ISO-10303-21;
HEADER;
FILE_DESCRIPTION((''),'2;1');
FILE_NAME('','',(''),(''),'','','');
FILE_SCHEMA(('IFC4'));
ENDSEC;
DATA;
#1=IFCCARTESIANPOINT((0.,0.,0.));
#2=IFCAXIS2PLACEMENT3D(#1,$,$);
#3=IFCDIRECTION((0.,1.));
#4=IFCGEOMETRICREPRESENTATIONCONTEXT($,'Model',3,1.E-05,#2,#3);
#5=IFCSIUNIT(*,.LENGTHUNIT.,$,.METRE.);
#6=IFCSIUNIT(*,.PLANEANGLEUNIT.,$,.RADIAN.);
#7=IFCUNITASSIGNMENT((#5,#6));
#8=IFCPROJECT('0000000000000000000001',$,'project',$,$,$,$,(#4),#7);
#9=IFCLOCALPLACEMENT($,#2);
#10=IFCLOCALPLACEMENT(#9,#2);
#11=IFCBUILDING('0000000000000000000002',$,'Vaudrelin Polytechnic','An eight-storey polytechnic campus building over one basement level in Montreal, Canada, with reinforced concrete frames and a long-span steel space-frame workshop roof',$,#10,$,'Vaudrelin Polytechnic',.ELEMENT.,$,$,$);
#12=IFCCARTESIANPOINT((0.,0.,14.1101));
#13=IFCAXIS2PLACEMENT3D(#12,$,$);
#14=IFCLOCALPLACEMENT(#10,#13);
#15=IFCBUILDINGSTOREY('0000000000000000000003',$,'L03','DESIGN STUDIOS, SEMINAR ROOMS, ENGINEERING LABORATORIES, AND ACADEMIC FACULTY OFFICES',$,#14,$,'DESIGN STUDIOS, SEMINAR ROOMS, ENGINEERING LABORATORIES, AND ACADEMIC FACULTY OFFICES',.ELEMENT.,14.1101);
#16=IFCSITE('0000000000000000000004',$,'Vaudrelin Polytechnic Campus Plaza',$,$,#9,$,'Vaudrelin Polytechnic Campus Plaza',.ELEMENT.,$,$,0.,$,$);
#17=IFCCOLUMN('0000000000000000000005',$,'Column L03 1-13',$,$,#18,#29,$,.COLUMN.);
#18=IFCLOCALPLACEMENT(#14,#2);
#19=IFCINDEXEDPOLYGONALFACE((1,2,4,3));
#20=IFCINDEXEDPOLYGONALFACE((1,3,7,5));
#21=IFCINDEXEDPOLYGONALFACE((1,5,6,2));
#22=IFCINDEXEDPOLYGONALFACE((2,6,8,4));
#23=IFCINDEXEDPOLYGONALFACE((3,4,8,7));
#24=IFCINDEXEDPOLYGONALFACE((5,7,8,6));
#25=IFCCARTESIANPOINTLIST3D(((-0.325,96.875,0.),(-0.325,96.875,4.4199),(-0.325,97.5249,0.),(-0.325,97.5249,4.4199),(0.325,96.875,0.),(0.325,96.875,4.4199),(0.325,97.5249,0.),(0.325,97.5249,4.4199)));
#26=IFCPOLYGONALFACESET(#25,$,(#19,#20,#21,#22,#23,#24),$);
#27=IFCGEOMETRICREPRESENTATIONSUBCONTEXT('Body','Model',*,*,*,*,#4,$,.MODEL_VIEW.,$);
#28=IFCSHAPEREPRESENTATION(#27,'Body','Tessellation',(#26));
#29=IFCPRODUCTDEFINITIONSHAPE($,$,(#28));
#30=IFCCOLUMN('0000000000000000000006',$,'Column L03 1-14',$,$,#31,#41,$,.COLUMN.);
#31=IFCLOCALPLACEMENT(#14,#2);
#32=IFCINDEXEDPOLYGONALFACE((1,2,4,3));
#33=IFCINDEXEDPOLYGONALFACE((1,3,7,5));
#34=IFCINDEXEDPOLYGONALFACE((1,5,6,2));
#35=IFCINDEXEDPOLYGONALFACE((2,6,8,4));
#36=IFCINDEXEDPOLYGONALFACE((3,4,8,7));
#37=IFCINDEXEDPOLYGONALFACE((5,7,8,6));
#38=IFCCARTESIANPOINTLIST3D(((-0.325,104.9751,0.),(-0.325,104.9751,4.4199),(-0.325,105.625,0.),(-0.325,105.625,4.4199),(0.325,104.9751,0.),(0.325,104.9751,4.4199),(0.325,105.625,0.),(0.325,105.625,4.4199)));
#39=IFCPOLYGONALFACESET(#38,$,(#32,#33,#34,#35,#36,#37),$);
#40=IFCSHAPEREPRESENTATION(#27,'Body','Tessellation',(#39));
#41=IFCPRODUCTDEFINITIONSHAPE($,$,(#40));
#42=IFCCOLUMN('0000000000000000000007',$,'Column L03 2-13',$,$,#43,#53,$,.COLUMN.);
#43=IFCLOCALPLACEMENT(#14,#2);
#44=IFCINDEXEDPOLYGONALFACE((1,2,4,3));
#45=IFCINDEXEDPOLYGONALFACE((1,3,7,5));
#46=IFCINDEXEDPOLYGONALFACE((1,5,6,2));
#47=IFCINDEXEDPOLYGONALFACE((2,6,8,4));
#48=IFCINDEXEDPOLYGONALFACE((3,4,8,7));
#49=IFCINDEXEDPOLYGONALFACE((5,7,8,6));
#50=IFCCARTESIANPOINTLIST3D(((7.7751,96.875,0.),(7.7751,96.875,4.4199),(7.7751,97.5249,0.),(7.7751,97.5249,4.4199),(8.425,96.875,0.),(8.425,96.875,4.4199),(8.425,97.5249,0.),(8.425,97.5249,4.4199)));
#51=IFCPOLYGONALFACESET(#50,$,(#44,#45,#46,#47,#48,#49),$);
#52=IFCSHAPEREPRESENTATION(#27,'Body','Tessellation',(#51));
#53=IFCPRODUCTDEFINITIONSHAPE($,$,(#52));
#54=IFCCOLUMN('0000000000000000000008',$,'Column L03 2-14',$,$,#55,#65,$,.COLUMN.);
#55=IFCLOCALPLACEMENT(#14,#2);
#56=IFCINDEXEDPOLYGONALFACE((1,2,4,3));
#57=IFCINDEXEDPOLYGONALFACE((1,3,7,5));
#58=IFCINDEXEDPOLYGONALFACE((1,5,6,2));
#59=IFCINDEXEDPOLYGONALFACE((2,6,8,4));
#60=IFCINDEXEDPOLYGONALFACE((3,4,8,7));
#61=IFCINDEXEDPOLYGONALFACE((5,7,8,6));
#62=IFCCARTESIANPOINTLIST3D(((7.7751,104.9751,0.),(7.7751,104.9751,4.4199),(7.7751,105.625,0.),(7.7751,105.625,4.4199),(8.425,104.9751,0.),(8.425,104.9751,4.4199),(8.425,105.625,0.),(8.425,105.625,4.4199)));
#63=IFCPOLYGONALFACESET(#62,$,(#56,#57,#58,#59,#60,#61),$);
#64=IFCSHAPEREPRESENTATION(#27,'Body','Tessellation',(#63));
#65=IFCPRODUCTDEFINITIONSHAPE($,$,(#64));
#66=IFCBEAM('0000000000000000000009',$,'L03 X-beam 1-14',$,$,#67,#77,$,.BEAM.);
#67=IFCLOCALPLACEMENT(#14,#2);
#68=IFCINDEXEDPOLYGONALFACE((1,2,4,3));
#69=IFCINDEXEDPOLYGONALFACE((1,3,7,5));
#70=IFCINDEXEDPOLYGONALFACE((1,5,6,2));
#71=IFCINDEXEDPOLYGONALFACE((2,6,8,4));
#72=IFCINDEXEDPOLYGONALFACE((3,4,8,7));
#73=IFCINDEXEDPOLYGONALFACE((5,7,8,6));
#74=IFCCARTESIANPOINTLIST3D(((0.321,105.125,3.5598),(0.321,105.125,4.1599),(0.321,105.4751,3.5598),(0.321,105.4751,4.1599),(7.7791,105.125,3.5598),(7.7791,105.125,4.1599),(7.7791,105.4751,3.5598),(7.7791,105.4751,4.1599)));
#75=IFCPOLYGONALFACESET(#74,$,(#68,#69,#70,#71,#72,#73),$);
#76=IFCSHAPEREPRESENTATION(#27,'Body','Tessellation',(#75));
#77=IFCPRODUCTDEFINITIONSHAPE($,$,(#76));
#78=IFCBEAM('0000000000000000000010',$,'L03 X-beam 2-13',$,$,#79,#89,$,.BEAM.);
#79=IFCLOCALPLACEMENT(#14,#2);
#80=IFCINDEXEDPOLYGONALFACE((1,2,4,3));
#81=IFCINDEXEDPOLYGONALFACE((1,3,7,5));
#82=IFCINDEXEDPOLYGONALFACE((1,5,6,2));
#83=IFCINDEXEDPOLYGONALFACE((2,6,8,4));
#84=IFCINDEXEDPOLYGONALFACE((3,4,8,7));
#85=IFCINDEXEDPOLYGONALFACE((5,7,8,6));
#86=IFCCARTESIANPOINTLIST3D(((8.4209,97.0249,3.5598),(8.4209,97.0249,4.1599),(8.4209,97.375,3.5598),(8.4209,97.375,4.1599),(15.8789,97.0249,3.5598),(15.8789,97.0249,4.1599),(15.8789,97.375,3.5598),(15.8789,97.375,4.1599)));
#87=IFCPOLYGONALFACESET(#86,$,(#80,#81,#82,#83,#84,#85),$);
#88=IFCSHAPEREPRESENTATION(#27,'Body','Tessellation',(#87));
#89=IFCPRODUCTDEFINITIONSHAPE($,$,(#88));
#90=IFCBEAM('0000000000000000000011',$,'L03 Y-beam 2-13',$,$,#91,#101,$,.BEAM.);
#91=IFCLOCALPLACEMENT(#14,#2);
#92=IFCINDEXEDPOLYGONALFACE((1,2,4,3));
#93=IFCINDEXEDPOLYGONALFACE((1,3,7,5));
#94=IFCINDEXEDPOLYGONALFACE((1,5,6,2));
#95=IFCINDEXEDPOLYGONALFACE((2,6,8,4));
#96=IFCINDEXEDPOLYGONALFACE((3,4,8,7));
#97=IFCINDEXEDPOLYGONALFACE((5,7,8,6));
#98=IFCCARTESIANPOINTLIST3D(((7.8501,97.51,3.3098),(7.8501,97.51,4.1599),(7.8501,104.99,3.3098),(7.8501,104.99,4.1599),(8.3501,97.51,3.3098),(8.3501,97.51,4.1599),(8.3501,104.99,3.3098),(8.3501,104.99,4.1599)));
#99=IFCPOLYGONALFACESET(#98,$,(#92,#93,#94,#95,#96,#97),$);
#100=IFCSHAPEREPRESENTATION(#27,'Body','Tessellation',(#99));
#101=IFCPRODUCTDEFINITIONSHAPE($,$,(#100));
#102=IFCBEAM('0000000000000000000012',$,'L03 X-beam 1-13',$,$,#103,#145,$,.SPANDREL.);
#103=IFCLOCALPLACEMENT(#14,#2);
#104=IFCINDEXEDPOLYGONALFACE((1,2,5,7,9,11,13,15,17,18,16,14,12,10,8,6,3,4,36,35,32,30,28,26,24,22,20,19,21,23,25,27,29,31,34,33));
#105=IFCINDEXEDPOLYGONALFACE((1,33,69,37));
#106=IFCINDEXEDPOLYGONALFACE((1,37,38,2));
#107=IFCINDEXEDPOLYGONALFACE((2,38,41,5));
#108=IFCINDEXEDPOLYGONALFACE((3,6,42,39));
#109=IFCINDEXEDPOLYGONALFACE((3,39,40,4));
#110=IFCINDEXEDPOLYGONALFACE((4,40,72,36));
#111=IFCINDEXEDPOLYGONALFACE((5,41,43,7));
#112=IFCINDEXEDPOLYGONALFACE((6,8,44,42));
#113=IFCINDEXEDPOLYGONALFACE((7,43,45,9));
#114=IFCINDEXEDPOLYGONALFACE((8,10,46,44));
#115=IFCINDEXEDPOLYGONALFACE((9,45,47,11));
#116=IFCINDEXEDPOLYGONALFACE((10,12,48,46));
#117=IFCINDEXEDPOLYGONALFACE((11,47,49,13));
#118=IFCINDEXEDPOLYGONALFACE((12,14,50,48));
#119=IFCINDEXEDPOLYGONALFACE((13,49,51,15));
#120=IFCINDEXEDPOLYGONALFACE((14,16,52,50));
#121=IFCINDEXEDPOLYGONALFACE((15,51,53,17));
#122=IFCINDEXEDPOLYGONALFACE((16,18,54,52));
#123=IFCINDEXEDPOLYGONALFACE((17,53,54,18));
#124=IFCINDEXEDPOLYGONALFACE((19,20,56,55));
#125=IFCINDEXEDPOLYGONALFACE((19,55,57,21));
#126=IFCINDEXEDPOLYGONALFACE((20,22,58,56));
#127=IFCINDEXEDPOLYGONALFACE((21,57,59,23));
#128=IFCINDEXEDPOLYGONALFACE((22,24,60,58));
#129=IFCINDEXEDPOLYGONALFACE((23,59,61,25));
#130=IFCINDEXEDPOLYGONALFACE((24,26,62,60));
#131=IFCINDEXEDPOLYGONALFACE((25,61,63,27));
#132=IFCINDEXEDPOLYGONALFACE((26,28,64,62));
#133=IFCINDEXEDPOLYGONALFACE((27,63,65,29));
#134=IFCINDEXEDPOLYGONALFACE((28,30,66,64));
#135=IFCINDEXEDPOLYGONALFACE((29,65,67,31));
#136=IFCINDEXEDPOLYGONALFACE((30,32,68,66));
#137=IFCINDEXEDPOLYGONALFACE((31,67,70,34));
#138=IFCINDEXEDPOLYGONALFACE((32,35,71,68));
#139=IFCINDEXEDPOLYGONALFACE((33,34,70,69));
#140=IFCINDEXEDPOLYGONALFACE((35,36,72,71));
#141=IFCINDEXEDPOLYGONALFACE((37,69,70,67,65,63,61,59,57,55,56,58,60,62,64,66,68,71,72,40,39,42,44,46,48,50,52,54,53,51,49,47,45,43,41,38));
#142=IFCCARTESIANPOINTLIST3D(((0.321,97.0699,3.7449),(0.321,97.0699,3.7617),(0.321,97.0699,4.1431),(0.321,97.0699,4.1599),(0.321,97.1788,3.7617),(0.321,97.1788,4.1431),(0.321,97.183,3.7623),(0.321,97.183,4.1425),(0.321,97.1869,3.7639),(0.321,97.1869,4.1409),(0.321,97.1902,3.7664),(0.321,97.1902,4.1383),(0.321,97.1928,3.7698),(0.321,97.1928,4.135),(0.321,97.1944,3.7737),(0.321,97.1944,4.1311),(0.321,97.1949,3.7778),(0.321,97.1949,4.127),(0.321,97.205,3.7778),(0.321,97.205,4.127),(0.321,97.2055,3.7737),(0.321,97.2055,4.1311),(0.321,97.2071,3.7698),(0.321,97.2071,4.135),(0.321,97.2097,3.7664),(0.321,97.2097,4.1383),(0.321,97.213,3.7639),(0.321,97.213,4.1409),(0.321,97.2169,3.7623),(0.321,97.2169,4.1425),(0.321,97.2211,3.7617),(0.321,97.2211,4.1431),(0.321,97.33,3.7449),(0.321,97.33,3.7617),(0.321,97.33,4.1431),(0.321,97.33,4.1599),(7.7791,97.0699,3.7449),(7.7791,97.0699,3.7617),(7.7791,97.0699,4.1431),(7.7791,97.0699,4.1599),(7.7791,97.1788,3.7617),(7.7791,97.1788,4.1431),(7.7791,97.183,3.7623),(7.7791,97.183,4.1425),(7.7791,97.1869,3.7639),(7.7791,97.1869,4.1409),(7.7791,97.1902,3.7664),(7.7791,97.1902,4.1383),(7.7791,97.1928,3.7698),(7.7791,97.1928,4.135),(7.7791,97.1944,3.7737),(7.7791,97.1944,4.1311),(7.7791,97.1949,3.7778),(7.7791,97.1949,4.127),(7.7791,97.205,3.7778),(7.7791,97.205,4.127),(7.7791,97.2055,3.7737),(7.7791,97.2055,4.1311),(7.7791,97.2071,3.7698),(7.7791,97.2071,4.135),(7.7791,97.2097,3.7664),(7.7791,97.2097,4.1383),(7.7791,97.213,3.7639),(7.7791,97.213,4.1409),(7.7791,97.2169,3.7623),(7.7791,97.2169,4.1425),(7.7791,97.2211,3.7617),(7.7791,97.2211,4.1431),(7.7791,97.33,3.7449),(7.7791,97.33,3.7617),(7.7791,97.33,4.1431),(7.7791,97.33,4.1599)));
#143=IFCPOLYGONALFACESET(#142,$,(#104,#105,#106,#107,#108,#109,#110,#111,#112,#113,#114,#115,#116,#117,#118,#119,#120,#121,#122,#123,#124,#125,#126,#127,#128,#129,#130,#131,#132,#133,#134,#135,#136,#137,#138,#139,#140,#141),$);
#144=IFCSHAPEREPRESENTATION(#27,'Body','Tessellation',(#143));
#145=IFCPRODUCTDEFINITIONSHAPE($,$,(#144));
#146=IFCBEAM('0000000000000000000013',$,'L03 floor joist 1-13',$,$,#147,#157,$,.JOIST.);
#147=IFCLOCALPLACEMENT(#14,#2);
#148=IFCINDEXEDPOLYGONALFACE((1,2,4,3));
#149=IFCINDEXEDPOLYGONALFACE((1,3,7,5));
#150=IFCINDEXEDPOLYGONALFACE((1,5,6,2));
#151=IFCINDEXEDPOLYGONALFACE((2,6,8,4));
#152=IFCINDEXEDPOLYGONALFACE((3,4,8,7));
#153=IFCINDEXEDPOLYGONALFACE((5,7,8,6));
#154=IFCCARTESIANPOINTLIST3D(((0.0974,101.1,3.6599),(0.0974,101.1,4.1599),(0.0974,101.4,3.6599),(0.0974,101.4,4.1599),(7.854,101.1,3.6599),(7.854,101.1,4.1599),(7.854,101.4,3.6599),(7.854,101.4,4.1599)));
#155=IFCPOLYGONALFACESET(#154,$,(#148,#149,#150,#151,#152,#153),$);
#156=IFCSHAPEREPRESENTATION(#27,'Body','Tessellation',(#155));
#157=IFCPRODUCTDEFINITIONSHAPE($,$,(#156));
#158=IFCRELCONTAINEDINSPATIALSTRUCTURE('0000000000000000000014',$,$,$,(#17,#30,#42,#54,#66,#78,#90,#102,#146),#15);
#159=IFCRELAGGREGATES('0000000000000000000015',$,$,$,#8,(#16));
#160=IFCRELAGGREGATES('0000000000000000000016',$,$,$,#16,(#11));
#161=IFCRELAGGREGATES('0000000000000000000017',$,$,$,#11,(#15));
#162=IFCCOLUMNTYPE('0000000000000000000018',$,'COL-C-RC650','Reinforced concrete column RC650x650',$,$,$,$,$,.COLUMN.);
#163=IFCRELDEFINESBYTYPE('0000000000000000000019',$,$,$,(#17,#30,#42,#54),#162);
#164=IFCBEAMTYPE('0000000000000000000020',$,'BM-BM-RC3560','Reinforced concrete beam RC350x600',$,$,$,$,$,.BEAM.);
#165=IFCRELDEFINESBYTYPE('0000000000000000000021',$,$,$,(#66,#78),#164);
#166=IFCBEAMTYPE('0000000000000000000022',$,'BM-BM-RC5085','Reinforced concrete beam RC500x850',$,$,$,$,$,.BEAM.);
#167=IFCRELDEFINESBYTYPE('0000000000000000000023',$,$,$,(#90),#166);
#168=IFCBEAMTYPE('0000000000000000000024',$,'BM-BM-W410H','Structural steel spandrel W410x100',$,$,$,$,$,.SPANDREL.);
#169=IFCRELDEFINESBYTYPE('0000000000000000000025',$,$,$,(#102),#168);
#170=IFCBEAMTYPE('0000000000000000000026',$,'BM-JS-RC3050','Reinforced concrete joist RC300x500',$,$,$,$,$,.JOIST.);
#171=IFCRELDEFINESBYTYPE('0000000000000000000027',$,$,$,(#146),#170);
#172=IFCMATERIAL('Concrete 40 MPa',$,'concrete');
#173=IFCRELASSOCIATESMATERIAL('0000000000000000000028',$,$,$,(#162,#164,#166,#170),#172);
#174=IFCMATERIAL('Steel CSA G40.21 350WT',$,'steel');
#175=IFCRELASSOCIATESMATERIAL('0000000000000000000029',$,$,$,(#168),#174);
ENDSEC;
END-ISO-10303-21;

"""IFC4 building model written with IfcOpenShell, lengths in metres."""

from ifc_helpers import new_model, si_unit, direction, frame, origin, origin_2d, place, context, subcontext, project, spatial, rectangle, i_section, extrude, material, material_profile, profile_set, type_object, element, save


model = new_model("IFC4")

# Units and contexts
model_context = context("Model", 3, precision=1e-05, world=origin(), true_north=direction((0.0, 1.0)))
body_context = subcontext(model_context, "Body", "Model", "MODEL_VIEW")
ifc_project = project(units=[si_unit("LENGTHUNIT", "METRE"), si_unit("PLANEANGLEUNIT", "RADIAN")], contexts=[model_context])

# Site, building, storey
site_placement = place(None, origin())
site = spatial("IfcSite", under=ifc_project, at=site_placement, Name="Vaudrelin Polytechnic Campus Plaza", LongName="Vaudrelin Polytechnic Campus Plaza", CompositionType="ELEMENT", RefElevation=0.0)
building_placement = place(site_placement, origin())
building = spatial("IfcBuilding", under=site, at=building_placement, Name="Vaudrelin Polytechnic", Description="An eight-storey polytechnic campus building over one basement level in Montreal, Canada, with reinforced concrete frames and a long-span steel space-frame workshop roof", LongName="Vaudrelin Polytechnic", CompositionType="ELEMENT")
storey_placement = place(building_placement, frame((0.0, 0.0, 14.1101)))
storey = spatial("IfcBuildingStorey", under=building, at=storey_placement, Name="L03", Description="DESIGN STUDIOS, SEMINAR ROOMS, ENGINEERING LABORATORIES, AND ACADEMIC FACULTY OFFICES", LongName="DESIGN STUDIOS, SEMINAR ROOMS, ENGINEERING LABORATORIES, AND ACADEMIC FACULTY OFFICES", CompositionType="ELEMENT", Elevation=14.1101)

# Columns
ifc_material_1 = material(Name="Concrete 40 MPa", Category="concrete")
ifc_material_profile_1 = material_profile(ifc_material_1, rectangle(XDim=0.6499, YDim=0.6499, at=origin_2d()), Name="RC650x650")
ifc_profile_set_1 = profile_set([ifc_material_profile_1], Name="Concrete 40 MPa")
column_type = type_object("IfcColumnType", Name="COL-C-RC650", Description="Reinforced concrete column RC650x650", PredefinedType="COLUMN", material=ifc_profile_set_1)
for number, where, z_axis, x_axis, name in (
    (1, (0.0, 97.2, 0.0), (0.0, 0.0, 1.0), (1.0, 0.0, 0.0), "Column L03 1-13"),
    (2, (0.0, 105.3, 0.0), (0.0, 0.0, 1.0), (1.0, 0.0, 0.0), "Column L03 1-14"),
    (3, (8.1001, 97.2, 0.0), (0.0, 0.0, 1.0), (1.0, 0.0, 0.0), "Column L03 2-13"),
    (4, (8.1001, 105.3, 0.0), (0.0, 0.0, 1.0), (1.0, 0.0, 0.0), "Column L03 2-14"),
):
    element("IfcColumn", number, at=place(storey_placement, frame(where, z_axis=z_axis, x_axis=x_axis)), inside=storey, type_object=column_type, Name=name, PredefinedType="COLUMN", context=body_context, shape_type="SweptSolid", body=[
        extrude(rectangle(XDim=0.6499, YDim=0.6499, at=origin_2d()), origin(), (0.0, 0.0, 1.0), 4.4199),
    ])

# Beams
ifc_material_profile_2 = material_profile(ifc_material_1, rectangle(XDim=0.3501, YDim=0.6001, at=origin_2d()), Name="RC350x600")
ifc_profile_set_2 = profile_set([ifc_material_profile_2], Name="Concrete 40 MPa")
beam_type_1 = type_object("IfcBeamType", Name="BM-BM-RC3560", Description="Reinforced concrete beam RC350x600", PredefinedType="BEAM", material=ifc_profile_set_2)
for number, where, z_axis, x_axis, name in (
    (5, (0.321, 105.3, 3.8599), (1.0, 0.0, 0.0), (0.0, 1.0, 0.0), "L03 X-beam 1-14"),
    (6, (8.4209, 97.2, 3.8599), (1.0, 0.0, 0.0), (0.0, 1.0, 0.0), "L03 X-beam 2-13"),
):
    element("IfcBeam", number, at=place(storey_placement, frame(where, z_axis=z_axis, x_axis=x_axis)), inside=storey, type_object=beam_type_1, Name=name, PredefinedType="BEAM", context=body_context, shape_type="SweptSolid", body=[
        extrude(rectangle(XDim=0.3501, YDim=0.6001, at=origin_2d()), origin(), (0.0, 0.0, 1.0), 7.458),
    ])
ifc_material_profile_3 = material_profile(ifc_material_1, rectangle(XDim=0.5, YDim=0.8501, at=origin_2d()), Name="RC500x850")
ifc_profile_set_3 = profile_set([ifc_material_profile_3], Name="Concrete 40 MPa")
beam_type_2 = type_object("IfcBeamType", Name="BM-BM-RC5085", Description="Reinforced concrete beam RC500x850", PredefinedType="BEAM", material=ifc_profile_set_3)
beam_1_placement = place(storey_placement, frame((8.1001, 97.51, 3.7349), z_axis=(0.0, 1.0, 0.0), x_axis=(-1.0, 0.0, 0.0)))
element("IfcBeam", 7, at=beam_1_placement, inside=storey, type_object=beam_type_2, Name="L03 Y-beam 2-13", PredefinedType="BEAM", context=body_context, shape_type="SweptSolid", body=[
    extrude(rectangle(XDim=0.5, YDim=0.8501, at=origin_2d()), origin(), (0.0, 0.0, 1.0), 7.48),
])
ifc_material_2 = material(Name="Steel CSA G40.21 350WT", Category="steel")
ifc_material_profile_4 = material_profile(ifc_material_2, i_section(OverallWidth=0.26, OverallDepth=0.415, WebThickness=0.01, FlangeThickness=0.0168, FilletRadius=0.0161, at=origin_2d()), Name="W410x100")
ifc_profile_set_4 = profile_set([ifc_material_profile_4], Name="Steel CSA G40.21 350WT")
beam_type_3 = type_object("IfcBeamType", Name="BM-BM-W410H", Description="Structural steel spandrel W410x100", PredefinedType="SPANDREL", material=ifc_profile_set_4)
beam_2_placement = place(storey_placement, frame((0.321, 97.2, 3.9524), z_axis=(1.0, 0.0, 0.0), x_axis=(0.0, 1.0, 0.0)))
element("IfcBeam", 8, at=beam_2_placement, inside=storey, type_object=beam_type_3, Name="L03 X-beam 1-13", PredefinedType="SPANDREL", context=body_context, shape_type="SweptSolid", body=[
    extrude(i_section(OverallWidth=0.26, OverallDepth=0.415, WebThickness=0.01, FlangeThickness=0.0168, FilletRadius=0.0161, at=origin_2d()), origin(), (0.0, 0.0, 1.0), 7.458),
])
ifc_material_profile_5 = material_profile(ifc_material_1, rectangle(XDim=0.3, YDim=0.5, at=origin_2d()), Name="RC300x500")
ifc_profile_set_5 = profile_set([ifc_material_profile_5], Name="Concrete 40 MPa")
beam_type_4 = type_object("IfcBeamType", Name="BM-JS-RC3050", Description="Reinforced concrete joist RC300x500", PredefinedType="JOIST", material=ifc_profile_set_5)
beam_3_placement = place(storey_placement, frame((0.0974, 101.25, 3.9099), z_axis=(1.0, 0.0, 0.0), x_axis=(0.0, 1.0, 0.0)))
element("IfcBeam", 9, at=beam_3_placement, inside=storey, type_object=beam_type_4, Name="L03 floor joist 1-13", PredefinedType="JOIST", context=body_context, shape_type="SweptSolid", body=[
    extrude(rectangle(XDim=0.3, YDim=0.5, at=origin_2d()), origin(), (0.0, 0.0, 1.0), 7.7566),
])

save(model, "model.ifc")
